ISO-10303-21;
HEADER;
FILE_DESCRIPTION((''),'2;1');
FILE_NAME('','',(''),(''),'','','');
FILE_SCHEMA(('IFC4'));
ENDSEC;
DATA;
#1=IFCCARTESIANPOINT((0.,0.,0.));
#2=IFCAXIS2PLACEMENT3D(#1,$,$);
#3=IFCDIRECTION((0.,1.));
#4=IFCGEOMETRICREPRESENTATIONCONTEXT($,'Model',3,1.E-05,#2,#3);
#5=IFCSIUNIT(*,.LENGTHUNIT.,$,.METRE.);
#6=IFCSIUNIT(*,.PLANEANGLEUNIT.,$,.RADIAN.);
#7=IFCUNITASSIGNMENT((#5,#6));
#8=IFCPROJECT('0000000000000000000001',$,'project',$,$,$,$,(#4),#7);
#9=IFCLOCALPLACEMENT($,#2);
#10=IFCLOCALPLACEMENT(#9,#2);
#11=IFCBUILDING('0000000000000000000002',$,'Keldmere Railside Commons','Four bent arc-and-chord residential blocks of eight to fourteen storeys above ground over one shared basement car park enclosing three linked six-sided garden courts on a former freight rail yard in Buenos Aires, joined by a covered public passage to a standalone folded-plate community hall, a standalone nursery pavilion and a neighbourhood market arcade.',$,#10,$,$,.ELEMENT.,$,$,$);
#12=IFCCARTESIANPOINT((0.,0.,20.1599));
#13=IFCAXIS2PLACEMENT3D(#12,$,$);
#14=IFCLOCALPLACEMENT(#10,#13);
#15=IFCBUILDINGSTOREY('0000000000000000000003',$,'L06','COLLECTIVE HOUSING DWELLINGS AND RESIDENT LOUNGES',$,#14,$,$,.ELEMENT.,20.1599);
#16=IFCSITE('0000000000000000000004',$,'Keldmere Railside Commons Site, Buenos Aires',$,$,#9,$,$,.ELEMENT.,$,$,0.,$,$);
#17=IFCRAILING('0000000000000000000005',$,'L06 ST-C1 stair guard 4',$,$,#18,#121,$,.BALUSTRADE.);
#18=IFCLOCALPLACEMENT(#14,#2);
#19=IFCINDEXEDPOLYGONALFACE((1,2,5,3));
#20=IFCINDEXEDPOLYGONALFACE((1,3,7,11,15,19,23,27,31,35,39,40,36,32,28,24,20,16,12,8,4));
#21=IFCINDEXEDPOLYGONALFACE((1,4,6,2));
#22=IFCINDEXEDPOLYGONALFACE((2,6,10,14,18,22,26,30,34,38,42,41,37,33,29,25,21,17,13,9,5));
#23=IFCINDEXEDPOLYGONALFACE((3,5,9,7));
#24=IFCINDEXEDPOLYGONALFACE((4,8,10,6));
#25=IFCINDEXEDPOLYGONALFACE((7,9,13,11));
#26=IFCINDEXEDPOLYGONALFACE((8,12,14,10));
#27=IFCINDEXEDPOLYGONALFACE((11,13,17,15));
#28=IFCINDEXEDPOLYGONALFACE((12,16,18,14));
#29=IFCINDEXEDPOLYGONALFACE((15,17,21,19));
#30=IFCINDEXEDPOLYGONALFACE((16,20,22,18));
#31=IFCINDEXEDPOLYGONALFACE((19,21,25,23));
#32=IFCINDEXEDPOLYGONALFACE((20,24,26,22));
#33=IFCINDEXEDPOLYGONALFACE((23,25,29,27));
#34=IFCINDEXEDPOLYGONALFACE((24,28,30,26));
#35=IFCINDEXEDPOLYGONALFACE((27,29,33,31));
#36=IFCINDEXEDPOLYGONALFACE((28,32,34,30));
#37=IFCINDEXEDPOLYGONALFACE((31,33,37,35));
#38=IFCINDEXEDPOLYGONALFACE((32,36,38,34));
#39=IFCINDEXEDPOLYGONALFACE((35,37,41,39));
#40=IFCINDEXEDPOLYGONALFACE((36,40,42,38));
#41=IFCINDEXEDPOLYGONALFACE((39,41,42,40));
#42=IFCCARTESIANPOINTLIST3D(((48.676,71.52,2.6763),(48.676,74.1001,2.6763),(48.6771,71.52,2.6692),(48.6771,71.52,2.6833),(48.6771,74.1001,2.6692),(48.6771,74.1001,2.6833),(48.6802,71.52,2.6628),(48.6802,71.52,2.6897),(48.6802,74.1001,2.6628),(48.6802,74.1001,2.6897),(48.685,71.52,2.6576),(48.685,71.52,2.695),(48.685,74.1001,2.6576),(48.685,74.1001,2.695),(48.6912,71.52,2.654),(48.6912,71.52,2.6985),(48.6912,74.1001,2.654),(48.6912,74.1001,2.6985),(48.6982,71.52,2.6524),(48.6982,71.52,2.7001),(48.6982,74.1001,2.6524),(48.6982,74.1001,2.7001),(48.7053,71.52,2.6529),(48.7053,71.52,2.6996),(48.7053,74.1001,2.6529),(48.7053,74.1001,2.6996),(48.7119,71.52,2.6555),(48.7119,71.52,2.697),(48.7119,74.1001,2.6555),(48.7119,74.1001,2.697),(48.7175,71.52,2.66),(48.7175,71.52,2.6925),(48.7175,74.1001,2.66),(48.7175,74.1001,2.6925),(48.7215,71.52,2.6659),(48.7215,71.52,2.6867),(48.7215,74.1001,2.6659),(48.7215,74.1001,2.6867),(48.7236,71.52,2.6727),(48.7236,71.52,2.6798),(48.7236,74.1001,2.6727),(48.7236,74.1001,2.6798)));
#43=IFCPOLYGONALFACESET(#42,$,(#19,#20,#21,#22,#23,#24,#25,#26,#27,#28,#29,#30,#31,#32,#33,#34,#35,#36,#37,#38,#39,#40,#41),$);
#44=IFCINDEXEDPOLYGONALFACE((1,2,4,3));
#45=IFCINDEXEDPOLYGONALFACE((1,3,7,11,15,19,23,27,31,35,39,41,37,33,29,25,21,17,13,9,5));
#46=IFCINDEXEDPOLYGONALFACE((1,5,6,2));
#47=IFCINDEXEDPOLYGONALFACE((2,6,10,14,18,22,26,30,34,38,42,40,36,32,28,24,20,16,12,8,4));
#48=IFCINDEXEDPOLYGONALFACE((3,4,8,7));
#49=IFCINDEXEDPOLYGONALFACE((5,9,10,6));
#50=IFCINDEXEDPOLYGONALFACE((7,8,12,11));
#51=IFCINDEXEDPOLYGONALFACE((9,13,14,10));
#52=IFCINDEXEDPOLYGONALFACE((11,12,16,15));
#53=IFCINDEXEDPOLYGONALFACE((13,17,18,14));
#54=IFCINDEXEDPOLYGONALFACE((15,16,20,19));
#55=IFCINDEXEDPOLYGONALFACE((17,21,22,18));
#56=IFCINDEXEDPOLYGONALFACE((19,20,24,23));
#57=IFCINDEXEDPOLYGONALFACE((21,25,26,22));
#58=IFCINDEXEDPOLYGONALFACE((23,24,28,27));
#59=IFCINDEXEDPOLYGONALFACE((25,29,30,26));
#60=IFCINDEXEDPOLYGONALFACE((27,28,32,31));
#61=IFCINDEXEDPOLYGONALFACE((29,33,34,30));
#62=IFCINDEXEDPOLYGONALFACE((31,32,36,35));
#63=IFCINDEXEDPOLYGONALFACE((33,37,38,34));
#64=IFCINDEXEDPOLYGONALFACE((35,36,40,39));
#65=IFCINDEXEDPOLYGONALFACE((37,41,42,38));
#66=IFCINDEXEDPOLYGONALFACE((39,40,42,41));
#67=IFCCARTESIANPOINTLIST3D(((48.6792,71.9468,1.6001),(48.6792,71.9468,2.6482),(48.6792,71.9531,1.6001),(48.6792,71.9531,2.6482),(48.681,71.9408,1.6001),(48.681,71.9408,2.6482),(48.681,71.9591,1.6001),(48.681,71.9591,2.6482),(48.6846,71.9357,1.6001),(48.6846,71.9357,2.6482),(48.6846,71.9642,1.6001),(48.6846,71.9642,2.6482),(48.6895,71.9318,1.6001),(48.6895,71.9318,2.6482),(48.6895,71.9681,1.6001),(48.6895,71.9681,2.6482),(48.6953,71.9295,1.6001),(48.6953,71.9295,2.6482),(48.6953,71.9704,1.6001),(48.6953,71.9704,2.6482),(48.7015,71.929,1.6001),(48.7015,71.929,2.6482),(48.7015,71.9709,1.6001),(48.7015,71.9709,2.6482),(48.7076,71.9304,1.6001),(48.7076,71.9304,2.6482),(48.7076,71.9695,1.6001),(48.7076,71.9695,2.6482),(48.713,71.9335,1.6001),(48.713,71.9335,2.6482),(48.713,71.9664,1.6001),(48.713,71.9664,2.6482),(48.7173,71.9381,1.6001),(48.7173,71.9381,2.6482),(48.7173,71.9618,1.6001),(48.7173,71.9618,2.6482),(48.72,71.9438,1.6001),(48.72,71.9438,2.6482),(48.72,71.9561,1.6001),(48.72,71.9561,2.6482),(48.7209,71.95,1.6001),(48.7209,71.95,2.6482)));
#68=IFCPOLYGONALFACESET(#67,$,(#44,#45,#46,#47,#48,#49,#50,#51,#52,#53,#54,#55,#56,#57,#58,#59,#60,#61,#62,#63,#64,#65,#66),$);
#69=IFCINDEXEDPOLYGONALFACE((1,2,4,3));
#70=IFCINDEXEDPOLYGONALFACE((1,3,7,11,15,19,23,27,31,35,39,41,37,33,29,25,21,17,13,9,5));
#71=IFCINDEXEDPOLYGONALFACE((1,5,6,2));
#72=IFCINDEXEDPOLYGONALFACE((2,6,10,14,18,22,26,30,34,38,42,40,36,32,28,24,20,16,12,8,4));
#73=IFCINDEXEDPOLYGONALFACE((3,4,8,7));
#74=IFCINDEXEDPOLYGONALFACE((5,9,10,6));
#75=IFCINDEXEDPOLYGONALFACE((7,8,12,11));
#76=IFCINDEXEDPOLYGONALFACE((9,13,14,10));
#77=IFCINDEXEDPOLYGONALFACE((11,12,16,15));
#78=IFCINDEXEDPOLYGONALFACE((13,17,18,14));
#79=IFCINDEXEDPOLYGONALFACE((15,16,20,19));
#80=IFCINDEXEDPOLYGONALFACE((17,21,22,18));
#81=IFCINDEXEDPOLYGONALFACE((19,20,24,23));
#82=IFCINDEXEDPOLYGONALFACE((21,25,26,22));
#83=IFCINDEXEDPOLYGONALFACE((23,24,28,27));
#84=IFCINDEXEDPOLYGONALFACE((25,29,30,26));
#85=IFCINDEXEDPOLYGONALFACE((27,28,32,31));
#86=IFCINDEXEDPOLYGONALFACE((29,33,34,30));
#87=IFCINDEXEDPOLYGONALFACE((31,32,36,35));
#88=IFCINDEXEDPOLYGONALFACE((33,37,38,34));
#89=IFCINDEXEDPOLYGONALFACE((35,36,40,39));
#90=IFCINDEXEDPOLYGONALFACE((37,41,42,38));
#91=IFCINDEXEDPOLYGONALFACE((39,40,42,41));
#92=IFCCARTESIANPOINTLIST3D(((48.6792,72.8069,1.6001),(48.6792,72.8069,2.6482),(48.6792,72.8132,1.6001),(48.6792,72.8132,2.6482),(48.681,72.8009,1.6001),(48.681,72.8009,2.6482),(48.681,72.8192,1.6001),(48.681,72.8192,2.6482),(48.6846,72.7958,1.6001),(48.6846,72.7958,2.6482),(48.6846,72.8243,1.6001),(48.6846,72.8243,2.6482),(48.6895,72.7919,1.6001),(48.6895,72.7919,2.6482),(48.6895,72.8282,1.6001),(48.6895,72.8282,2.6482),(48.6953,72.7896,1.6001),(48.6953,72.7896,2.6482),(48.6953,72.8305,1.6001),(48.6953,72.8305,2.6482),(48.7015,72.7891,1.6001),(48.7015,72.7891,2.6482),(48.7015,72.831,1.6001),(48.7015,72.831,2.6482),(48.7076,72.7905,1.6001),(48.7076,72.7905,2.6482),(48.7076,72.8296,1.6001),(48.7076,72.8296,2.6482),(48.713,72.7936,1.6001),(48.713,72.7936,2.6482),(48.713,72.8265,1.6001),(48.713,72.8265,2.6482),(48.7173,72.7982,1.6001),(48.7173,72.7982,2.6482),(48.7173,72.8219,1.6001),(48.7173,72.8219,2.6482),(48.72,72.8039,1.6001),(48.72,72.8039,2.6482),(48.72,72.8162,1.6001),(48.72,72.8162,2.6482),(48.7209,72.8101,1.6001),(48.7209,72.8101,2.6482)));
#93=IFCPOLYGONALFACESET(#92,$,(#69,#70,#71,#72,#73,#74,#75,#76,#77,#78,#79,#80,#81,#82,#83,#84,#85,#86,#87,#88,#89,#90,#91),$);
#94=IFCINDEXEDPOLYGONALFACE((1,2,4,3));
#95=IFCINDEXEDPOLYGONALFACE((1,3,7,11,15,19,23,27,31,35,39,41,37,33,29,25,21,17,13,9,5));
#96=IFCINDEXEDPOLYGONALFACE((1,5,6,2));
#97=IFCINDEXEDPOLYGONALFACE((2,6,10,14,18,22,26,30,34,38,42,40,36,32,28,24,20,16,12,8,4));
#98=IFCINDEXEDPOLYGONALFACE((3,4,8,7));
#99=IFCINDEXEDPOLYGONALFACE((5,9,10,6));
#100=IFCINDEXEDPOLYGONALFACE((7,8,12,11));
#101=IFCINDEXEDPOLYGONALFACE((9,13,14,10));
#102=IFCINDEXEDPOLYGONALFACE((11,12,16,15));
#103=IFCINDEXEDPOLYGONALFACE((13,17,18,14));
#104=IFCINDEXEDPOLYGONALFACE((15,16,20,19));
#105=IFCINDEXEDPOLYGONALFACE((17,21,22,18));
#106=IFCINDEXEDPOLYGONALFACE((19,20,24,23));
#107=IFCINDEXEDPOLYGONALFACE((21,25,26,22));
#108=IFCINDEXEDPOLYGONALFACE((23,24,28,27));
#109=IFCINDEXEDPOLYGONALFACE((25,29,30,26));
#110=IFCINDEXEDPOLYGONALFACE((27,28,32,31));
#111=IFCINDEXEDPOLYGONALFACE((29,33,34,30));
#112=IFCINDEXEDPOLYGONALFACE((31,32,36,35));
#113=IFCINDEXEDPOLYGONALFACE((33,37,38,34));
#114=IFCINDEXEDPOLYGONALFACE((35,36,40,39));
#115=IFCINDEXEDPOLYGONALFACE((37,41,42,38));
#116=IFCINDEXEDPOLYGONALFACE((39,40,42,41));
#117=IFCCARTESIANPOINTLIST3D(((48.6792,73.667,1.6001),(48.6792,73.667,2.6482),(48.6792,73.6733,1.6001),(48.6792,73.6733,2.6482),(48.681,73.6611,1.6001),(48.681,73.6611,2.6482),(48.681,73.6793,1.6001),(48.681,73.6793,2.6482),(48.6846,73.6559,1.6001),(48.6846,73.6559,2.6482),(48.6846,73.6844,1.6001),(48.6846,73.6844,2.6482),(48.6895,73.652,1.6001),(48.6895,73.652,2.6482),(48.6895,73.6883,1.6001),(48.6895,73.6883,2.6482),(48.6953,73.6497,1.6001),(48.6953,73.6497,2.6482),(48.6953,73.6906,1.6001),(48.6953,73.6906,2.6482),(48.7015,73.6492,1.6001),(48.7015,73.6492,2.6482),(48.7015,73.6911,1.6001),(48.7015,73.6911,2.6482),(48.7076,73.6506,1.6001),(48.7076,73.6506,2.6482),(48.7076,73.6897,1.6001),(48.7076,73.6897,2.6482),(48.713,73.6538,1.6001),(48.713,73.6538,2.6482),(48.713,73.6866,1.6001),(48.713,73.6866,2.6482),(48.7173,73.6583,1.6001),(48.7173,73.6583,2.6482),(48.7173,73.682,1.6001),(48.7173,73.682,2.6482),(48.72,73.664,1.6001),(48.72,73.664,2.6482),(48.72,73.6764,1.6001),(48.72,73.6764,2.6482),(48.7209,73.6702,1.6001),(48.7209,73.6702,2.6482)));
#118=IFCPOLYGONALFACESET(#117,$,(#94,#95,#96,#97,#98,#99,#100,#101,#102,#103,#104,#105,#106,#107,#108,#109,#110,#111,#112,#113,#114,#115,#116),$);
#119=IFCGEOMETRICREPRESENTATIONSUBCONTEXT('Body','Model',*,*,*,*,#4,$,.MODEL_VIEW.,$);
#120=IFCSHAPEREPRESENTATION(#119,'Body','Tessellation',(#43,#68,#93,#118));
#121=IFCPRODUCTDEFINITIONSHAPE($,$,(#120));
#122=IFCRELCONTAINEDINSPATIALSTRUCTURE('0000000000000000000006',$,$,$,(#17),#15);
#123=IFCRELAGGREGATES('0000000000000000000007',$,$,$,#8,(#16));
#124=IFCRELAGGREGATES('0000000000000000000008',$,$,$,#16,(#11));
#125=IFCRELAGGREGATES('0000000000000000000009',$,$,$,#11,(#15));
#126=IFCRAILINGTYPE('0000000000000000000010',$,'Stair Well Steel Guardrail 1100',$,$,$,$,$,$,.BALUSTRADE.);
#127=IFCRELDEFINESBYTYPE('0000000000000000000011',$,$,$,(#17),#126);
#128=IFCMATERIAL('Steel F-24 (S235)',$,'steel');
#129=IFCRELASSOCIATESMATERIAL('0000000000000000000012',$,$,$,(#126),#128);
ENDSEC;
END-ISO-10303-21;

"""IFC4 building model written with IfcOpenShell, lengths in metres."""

from ifc_helpers import new_model, si_unit, direction, frame, origin, origin_2d, place, context, subcontext, project, spatial, circle, extrude, material, type_object, element, save


model = new_model("IFC4")

# Units and contexts
model_context = context("Model", 3, precision=1e-05, world=origin(), true_north=direction((0.0, 1.0)))
body_context = subcontext(model_context, "Body", "Model", "MODEL_VIEW")
ifc_project = project(units=[si_unit("LENGTHUNIT", "METRE"), si_unit("PLANEANGLEUNIT", "RADIAN")], contexts=[model_context])

# Site, building, storey
site_placement = place(None, origin())
site = spatial("IfcSite", under=ifc_project, at=site_placement, Name="Keldmere Railside Commons Site, Buenos Aires", CompositionType="ELEMENT", RefElevation=0.0)
building_placement = place(site_placement, origin())
building = spatial("IfcBuilding", under=site, at=building_placement, Name="Keldmere Railside Commons", Description="Four bent arc-and-chord residential blocks of eight to fourteen storeys above ground over one shared basement car park enclosing three linked six-sided garden courts on a former freight rail yard in Buenos Aires, joined by a covered public passage to a standalone folded-plate community hall, a standalone nursery pavilion and a neighbourhood market arcade.", CompositionType="ELEMENT")
storey_placement = place(building_placement, frame((0.0, 0.0, 20.1599)))
storey = spatial("IfcBuildingStorey", under=building, at=storey_placement, Name="L06", Description="COLLECTIVE HOUSING DWELLINGS AND RESIDENT LOUNGES", CompositionType="ELEMENT", Elevation=20.1599)

# Shared definitions
ifc_material_1 = material(Name="Steel F-24 (S235)", Category="steel")

# Railing
railing_type_1 = type_object("IfcRailingType", Name="Stair Well Steel Guardrail 1100", PredefinedType="BALUSTRADE", material=ifc_material_1)
railing_1_placement = place(storey_placement, frame((48.7, 71.52, 1.6001)))
element("IfcRailing", 1, at=railing_1_placement, inside=storey, type_object=railing_type_1, Name="L06 ST-C1 stair guard 4", PredefinedType="BALUSTRADE", context=body_context, shape_type="SweptSolid", body=[
    extrude(circle(Radius=0.0239, at=origin_2d()), frame((0.0, 0.0, 1.0762), z_axis=(0.0, 1.0, 0.0), x_axis=(-1.0, 0.0, 0.0)), (0.0, 0.0, 1.0), 2.5801),
    extrude(circle(Radius=0.021, at=origin_2d()), frame((0.0, 0.4299, 0.0)), (0.0, 0.0, 1.0), 1.0481),
    extrude(circle(Radius=0.021, at=origin_2d()), frame((0.0, 1.29, 0.0)), (0.0, 0.0, 1.0), 1.0481),
    extrude(circle(Radius=0.021, at=origin_2d()), frame((0.0, 2.1501, 0.0)), (0.0, 0.0, 1.0), 1.0481),
])

save(model, "model.ifc")
